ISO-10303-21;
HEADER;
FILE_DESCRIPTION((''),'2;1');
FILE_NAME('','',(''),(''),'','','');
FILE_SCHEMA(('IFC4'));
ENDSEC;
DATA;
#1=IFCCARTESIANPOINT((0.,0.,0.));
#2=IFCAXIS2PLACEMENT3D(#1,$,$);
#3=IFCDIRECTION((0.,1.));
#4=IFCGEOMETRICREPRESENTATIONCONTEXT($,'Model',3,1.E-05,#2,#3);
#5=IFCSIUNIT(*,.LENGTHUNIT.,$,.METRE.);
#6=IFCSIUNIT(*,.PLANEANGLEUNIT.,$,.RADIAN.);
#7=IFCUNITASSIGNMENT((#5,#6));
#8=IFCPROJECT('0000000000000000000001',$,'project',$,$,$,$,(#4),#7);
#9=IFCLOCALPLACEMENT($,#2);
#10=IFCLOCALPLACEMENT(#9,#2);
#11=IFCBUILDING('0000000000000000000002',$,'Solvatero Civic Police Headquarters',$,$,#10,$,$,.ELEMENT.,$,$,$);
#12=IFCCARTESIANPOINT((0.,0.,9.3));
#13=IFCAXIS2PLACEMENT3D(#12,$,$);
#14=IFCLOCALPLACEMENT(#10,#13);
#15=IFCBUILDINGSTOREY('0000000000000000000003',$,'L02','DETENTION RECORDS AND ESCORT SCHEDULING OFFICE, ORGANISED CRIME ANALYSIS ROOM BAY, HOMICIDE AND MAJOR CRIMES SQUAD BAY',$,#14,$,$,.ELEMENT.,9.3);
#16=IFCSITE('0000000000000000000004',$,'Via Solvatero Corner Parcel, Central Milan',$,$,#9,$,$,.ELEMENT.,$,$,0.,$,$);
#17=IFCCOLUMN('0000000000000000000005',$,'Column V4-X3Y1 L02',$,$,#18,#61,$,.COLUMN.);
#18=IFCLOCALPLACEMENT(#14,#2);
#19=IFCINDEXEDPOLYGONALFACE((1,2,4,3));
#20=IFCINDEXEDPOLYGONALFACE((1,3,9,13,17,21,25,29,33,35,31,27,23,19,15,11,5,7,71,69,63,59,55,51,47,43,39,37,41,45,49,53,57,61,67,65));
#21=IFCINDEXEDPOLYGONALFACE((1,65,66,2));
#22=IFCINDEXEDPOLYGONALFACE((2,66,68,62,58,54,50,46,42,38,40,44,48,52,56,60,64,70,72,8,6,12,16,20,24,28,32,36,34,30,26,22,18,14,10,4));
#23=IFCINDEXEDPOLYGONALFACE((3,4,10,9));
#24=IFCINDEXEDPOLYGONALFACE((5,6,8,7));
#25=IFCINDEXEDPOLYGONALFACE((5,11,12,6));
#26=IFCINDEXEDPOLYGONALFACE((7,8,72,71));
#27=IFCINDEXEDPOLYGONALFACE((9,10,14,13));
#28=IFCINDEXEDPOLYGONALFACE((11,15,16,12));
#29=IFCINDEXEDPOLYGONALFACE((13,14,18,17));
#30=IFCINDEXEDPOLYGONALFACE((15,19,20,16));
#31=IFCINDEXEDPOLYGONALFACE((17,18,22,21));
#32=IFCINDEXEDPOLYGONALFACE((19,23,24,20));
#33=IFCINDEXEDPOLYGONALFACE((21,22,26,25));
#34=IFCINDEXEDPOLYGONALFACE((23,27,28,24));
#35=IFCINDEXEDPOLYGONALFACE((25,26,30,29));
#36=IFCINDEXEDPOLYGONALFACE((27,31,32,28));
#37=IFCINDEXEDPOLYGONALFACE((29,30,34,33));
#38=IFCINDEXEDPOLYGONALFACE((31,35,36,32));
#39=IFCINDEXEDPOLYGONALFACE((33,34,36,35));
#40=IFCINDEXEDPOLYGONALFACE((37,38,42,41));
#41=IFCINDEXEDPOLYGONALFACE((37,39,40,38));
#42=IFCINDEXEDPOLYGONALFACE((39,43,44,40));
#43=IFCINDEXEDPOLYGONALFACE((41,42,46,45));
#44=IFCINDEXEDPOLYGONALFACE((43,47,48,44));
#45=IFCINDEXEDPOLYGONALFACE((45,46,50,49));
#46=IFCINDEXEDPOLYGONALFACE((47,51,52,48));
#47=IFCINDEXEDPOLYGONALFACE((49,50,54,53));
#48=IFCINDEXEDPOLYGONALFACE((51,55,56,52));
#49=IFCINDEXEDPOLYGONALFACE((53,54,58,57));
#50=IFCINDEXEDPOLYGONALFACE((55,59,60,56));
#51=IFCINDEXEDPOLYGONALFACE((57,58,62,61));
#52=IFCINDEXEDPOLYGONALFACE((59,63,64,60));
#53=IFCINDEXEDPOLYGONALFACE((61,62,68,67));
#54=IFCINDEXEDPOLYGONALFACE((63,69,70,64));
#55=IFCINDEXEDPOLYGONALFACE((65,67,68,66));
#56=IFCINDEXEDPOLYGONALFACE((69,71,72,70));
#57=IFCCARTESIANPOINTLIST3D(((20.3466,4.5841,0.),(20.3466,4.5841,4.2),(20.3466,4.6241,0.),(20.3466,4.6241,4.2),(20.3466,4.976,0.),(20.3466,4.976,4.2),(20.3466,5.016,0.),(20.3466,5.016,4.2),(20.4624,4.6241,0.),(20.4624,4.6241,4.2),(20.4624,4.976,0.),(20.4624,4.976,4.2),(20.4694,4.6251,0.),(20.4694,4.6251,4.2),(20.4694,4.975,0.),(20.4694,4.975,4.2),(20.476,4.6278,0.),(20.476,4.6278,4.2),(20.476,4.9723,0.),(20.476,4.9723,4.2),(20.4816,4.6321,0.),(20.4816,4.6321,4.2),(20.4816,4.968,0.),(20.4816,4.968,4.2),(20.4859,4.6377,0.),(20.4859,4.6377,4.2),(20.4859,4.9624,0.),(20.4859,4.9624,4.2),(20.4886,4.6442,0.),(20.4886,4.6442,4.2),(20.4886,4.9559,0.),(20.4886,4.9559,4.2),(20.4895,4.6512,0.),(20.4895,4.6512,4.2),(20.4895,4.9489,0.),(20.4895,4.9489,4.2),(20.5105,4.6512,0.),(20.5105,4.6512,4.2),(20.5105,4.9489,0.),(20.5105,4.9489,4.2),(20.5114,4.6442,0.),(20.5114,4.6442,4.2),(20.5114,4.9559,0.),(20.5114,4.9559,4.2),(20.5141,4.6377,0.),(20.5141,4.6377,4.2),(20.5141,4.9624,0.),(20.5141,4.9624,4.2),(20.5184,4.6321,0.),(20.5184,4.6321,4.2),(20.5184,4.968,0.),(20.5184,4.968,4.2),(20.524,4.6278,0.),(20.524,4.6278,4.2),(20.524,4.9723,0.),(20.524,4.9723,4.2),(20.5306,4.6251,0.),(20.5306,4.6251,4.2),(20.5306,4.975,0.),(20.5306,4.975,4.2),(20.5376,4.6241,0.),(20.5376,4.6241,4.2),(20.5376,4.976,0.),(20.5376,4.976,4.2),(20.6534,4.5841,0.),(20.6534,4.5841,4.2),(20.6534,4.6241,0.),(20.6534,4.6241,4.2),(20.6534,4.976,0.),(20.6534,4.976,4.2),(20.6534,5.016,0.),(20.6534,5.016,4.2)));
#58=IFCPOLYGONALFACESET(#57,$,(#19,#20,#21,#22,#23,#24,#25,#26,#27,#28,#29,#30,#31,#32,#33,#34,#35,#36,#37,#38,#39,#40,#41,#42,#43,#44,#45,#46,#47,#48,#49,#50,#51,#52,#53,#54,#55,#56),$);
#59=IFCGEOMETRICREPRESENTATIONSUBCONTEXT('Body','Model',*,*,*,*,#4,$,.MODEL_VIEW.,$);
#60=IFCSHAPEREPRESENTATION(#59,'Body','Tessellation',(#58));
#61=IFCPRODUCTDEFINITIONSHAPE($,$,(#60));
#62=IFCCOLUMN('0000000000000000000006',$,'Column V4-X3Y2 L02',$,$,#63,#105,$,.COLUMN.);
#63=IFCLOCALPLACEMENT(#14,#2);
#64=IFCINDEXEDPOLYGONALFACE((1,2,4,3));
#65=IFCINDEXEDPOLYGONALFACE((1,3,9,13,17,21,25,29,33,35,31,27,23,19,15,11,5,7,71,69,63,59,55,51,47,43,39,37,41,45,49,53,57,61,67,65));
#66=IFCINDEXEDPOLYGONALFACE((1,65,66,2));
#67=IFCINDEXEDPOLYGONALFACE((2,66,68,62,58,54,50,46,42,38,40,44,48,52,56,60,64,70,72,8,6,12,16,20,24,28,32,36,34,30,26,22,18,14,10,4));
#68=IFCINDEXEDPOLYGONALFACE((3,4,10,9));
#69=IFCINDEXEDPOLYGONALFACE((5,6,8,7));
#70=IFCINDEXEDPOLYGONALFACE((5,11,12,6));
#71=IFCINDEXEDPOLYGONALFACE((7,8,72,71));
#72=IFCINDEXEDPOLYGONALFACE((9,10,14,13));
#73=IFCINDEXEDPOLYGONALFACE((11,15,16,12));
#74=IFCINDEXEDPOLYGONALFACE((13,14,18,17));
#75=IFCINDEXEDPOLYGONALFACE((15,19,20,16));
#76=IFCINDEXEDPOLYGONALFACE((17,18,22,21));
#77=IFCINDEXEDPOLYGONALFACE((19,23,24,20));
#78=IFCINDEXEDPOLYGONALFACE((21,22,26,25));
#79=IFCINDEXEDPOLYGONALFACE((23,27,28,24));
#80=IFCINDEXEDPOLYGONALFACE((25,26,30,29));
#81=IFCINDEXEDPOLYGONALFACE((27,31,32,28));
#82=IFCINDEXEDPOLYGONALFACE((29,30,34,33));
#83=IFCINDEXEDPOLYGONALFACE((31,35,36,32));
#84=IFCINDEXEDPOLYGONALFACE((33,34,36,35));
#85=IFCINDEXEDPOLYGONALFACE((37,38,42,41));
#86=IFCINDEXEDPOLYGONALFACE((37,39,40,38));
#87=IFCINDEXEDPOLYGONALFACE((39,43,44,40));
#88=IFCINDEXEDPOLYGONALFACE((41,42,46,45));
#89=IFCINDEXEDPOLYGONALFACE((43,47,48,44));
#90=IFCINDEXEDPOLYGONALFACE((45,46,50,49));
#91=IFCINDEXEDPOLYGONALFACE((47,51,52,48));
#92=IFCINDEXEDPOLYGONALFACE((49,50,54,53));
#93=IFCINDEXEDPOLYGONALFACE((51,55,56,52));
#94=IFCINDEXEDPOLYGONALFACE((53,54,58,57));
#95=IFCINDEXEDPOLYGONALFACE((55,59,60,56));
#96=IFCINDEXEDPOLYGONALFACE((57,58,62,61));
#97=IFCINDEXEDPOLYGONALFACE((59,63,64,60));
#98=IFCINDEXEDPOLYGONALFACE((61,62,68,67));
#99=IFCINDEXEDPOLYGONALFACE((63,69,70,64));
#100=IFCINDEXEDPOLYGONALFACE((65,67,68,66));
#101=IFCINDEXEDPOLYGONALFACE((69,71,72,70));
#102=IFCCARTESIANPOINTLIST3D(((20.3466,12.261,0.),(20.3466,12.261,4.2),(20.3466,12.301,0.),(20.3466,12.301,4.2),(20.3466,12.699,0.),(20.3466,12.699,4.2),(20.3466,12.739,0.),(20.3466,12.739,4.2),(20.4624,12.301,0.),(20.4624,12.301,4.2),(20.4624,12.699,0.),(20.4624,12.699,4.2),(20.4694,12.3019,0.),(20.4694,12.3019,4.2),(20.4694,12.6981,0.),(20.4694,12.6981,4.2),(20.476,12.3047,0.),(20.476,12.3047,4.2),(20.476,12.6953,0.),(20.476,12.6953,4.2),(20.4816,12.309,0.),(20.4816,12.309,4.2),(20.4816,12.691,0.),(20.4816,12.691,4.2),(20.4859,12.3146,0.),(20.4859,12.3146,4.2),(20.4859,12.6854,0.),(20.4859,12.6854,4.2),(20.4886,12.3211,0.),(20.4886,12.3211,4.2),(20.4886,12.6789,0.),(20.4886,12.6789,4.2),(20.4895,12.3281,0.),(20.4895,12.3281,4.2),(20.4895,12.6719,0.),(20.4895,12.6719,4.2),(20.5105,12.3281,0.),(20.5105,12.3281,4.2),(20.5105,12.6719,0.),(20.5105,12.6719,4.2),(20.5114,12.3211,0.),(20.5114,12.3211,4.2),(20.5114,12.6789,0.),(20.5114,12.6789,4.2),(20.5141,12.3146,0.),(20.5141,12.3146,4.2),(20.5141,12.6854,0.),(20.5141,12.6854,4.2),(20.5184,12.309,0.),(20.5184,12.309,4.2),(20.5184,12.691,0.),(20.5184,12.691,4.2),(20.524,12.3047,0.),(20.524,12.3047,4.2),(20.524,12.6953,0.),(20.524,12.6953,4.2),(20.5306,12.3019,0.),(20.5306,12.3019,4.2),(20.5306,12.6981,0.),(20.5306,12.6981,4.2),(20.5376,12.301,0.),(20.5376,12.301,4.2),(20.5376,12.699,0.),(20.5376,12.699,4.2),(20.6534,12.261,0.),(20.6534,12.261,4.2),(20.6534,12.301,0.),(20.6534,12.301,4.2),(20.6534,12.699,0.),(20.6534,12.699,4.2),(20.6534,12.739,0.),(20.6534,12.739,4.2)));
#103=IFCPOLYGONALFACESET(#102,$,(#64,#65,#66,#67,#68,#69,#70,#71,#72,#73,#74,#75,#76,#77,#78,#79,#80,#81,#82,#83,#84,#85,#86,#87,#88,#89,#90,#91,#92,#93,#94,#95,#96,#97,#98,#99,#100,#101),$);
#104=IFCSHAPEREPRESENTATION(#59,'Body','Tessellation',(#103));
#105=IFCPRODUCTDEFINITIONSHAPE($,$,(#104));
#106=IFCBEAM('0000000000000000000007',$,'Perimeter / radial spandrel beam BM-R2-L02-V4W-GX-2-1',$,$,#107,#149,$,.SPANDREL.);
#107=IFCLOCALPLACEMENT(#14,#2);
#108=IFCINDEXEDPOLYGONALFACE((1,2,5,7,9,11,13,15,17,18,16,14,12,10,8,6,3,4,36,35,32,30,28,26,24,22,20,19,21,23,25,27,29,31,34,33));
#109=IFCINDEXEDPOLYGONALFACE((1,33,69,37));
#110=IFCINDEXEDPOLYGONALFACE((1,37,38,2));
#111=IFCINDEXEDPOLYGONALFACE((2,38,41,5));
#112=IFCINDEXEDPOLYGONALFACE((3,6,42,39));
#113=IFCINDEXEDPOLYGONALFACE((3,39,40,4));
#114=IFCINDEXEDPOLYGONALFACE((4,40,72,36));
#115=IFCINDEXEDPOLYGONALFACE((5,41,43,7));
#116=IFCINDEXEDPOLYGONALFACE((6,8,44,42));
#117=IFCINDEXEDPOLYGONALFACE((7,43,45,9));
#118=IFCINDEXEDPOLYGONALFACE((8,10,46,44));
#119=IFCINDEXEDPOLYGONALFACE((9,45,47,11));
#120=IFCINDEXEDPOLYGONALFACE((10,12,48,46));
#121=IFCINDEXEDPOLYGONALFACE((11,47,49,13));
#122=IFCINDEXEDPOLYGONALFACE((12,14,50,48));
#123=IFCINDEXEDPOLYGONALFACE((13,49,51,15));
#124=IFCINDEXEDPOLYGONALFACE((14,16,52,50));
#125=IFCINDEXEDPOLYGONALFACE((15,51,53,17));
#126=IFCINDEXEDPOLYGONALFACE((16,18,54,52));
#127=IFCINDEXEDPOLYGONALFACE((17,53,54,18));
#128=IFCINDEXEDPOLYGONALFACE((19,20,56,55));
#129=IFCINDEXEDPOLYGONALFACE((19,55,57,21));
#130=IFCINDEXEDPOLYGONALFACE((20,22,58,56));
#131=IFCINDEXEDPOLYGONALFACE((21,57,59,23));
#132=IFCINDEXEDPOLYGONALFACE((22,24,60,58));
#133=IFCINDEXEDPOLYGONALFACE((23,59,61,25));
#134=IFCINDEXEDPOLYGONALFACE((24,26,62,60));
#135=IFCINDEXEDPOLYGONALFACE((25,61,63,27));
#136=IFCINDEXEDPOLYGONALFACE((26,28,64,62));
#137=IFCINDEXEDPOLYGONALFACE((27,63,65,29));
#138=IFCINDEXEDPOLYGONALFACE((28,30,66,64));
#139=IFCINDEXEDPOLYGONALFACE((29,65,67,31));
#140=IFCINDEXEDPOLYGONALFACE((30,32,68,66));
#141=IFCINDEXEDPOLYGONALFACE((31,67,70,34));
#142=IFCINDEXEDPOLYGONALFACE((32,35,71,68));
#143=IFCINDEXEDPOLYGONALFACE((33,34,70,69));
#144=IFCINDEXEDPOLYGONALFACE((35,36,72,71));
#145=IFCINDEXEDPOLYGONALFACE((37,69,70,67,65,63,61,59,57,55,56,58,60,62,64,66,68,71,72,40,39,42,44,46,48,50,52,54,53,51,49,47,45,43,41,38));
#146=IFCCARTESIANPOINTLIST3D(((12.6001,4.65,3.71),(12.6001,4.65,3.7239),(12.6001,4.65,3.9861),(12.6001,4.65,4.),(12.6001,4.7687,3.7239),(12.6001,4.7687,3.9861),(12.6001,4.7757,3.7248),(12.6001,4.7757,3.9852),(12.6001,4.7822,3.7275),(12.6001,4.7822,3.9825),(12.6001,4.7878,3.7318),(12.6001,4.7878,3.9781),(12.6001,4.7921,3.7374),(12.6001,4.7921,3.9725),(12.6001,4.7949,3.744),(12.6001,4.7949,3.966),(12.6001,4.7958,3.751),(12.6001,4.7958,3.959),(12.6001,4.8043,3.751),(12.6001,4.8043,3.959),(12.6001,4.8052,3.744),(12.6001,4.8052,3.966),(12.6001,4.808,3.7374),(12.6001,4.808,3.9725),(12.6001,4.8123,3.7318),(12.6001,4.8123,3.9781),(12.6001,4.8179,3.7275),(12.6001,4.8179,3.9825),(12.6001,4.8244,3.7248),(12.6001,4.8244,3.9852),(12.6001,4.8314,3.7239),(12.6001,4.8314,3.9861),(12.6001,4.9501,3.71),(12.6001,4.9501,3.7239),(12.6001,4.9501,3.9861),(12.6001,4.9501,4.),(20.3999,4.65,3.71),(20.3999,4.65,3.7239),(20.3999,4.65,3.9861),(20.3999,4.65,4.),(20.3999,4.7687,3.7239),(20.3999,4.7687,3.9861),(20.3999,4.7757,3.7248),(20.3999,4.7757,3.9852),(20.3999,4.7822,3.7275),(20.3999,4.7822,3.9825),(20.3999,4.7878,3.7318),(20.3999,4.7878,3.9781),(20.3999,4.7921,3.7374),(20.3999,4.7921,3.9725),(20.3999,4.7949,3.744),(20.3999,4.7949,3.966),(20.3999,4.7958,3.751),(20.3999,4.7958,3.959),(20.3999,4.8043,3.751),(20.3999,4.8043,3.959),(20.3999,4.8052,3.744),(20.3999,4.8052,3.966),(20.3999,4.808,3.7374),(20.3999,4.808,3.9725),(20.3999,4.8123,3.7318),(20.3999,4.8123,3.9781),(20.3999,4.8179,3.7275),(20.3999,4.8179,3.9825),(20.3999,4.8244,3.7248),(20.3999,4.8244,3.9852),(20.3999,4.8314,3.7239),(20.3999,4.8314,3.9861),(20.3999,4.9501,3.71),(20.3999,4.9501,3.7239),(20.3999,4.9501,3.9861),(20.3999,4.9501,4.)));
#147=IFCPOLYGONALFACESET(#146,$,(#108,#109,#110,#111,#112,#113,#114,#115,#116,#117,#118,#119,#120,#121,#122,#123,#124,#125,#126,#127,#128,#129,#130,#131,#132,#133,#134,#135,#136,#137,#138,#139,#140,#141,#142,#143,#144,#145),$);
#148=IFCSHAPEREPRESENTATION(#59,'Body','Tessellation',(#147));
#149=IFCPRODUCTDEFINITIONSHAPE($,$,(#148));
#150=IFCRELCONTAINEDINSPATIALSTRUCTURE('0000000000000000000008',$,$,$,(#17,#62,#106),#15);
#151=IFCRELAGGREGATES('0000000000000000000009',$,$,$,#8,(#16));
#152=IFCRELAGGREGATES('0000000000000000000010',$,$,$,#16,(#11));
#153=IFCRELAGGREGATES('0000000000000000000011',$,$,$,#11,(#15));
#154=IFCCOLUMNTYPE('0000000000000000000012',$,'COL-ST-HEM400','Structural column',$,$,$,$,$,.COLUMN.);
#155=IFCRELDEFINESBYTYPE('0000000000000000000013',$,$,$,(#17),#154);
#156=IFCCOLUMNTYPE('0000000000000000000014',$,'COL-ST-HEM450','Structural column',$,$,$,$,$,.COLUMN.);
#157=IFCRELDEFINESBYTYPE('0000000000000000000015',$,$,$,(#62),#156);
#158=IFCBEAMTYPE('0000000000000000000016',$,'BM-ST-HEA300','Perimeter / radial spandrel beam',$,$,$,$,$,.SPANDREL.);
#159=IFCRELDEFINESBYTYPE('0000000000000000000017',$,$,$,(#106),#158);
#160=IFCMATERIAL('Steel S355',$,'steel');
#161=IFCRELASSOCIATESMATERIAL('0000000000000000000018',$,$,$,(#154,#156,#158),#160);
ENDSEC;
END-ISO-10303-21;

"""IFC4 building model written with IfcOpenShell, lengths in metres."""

from ifc_helpers import new_model, si_unit, direction, frame, origin, origin_2d, place, context, subcontext, project, spatial, i_section, extrude, material, material_profile, profile_set, type_object, element, save


model = new_model("IFC4")

# Units and contexts
model_context = context("Model", 3, precision=1e-05, world=origin(), true_north=direction((0.0, 1.0)))
body_context = subcontext(model_context, "Body", "Model", "MODEL_VIEW")
ifc_project = project(units=[si_unit("LENGTHUNIT", "METRE"), si_unit("PLANEANGLEUNIT", "RADIAN")], contexts=[model_context])

# Site, building, storey
site_placement = place(None, origin())
site = spatial("IfcSite", under=ifc_project, at=site_placement, Name="Via Solvatero Corner Parcel, Central Milan", CompositionType="ELEMENT", RefElevation=0.0)
building_placement = place(site_placement, origin())
building = spatial("IfcBuilding", under=site, at=building_placement, Name="Solvatero Civic Police Headquarters", CompositionType="ELEMENT")
storey_placement = place(building_placement, frame((0.0, 0.0, 9.3)))
storey = spatial("IfcBuildingStorey", under=building, at=storey_placement, Name="L02", Description="DETENTION RECORDS AND ESCORT SCHEDULING OFFICE, ORGANISED CRIME ANALYSIS ROOM BAY, HOMICIDE AND MAJOR CRIMES SQUAD BAY", CompositionType="ELEMENT", Elevation=9.3)

# Columns
ifc_material_1 = material(Name="Steel S355", Category="steel")
ifc_material_profile_1 = material_profile(ifc_material_1, i_section(OverallWidth=0.3069, OverallDepth=0.4319, WebThickness=0.021, FlangeThickness=0.04, FilletRadius=0.0271, at=origin_2d()), Name="HEM 400")
ifc_profile_set_1 = profile_set([ifc_material_profile_1], Name="Steel S355")
column_type_1 = type_object("IfcColumnType", Name="COL-ST-HEM400", Description="Structural column", PredefinedType="COLUMN", material=ifc_profile_set_1)
column_1_placement = place(storey_placement, frame((20.5, 4.8, 0.0), z_axis=(0.0, 0.0, 1.0), x_axis=(1.0, 0.0, 0.0)))
element("IfcColumn", 1, at=column_1_placement, inside=storey, type_object=column_type_1, Name="Column V4-X3Y1 L02", PredefinedType="COLUMN", context=body_context, shape_type="SweptSolid", body=[
    extrude(i_section(OverallWidth=0.3069, OverallDepth=0.4319, WebThickness=0.021, FlangeThickness=0.04, FilletRadius=0.0271, at=origin_2d()), origin(), (0.0, 0.0, 1.0), 4.2),
])
ifc_material_profile_2 = material_profile(ifc_material_1, i_section(OverallWidth=0.3069, OverallDepth=0.478, WebThickness=0.021, FlangeThickness=0.04, FilletRadius=0.0271, at=origin_2d()), Name="HEM 450")
ifc_profile_set_2 = profile_set([ifc_material_profile_2], Name="Steel S355")
column_type_2 = type_object("IfcColumnType", Name="COL-ST-HEM450", Description="Structural column", PredefinedType="COLUMN", material=ifc_profile_set_2)
column_2_placement = place(storey_placement, frame((20.5, 12.5, 0.0), z_axis=(0.0, 0.0, 1.0), x_axis=(1.0, 0.0, 0.0)))
element("IfcColumn", 2, at=column_2_placement, inside=storey, type_object=column_type_2, Name="Column V4-X3Y2 L02", PredefinedType="COLUMN", context=body_context, shape_type="SweptSolid", body=[
    extrude(i_section(OverallWidth=0.3069, OverallDepth=0.478, WebThickness=0.021, FlangeThickness=0.04, FilletRadius=0.0271, at=origin_2d()), origin(), (0.0, 0.0, 1.0), 4.2),
])

# Beam
ifc_material_profile_3 = material_profile(ifc_material_1, i_section(OverallWidth=0.3, OverallDepth=0.29, WebThickness=0.0085, FlangeThickness=0.0139, FilletRadius=0.0271, at=origin_2d()), Name="HEA 300")
ifc_profile_set_3 = profile_set([ifc_material_profile_3], Name="Steel S355")
beam_type_1 = type_object("IfcBeamType", Name="BM-ST-HEA300", Description="Perimeter / radial spandrel beam", PredefinedType="SPANDREL", material=ifc_profile_set_3)
beam_1_placement = place(storey_placement, frame((12.6001, 4.8, 3.855), z_axis=(1.0, 0.0, 0.0), x_axis=(0.0, 1.0, 0.0)))
element("IfcBeam", 3, at=beam_1_placement, inside=storey, type_object=beam_type_1, Name="Perimeter / radial spandrel beam BM-R2-L02-V4W-GX-2-1", PredefinedType="SPANDREL", context=body_context, shape_type="SweptSolid", body=[
    extrude(i_section(OverallWidth=0.3, OverallDepth=0.29, WebThickness=0.0085, FlangeThickness=0.0139, FilletRadius=0.0271, at=origin_2d()), origin(), (0.0, 0.0, 1.0), 7.7998),
])

save(model, "model.ifc")
